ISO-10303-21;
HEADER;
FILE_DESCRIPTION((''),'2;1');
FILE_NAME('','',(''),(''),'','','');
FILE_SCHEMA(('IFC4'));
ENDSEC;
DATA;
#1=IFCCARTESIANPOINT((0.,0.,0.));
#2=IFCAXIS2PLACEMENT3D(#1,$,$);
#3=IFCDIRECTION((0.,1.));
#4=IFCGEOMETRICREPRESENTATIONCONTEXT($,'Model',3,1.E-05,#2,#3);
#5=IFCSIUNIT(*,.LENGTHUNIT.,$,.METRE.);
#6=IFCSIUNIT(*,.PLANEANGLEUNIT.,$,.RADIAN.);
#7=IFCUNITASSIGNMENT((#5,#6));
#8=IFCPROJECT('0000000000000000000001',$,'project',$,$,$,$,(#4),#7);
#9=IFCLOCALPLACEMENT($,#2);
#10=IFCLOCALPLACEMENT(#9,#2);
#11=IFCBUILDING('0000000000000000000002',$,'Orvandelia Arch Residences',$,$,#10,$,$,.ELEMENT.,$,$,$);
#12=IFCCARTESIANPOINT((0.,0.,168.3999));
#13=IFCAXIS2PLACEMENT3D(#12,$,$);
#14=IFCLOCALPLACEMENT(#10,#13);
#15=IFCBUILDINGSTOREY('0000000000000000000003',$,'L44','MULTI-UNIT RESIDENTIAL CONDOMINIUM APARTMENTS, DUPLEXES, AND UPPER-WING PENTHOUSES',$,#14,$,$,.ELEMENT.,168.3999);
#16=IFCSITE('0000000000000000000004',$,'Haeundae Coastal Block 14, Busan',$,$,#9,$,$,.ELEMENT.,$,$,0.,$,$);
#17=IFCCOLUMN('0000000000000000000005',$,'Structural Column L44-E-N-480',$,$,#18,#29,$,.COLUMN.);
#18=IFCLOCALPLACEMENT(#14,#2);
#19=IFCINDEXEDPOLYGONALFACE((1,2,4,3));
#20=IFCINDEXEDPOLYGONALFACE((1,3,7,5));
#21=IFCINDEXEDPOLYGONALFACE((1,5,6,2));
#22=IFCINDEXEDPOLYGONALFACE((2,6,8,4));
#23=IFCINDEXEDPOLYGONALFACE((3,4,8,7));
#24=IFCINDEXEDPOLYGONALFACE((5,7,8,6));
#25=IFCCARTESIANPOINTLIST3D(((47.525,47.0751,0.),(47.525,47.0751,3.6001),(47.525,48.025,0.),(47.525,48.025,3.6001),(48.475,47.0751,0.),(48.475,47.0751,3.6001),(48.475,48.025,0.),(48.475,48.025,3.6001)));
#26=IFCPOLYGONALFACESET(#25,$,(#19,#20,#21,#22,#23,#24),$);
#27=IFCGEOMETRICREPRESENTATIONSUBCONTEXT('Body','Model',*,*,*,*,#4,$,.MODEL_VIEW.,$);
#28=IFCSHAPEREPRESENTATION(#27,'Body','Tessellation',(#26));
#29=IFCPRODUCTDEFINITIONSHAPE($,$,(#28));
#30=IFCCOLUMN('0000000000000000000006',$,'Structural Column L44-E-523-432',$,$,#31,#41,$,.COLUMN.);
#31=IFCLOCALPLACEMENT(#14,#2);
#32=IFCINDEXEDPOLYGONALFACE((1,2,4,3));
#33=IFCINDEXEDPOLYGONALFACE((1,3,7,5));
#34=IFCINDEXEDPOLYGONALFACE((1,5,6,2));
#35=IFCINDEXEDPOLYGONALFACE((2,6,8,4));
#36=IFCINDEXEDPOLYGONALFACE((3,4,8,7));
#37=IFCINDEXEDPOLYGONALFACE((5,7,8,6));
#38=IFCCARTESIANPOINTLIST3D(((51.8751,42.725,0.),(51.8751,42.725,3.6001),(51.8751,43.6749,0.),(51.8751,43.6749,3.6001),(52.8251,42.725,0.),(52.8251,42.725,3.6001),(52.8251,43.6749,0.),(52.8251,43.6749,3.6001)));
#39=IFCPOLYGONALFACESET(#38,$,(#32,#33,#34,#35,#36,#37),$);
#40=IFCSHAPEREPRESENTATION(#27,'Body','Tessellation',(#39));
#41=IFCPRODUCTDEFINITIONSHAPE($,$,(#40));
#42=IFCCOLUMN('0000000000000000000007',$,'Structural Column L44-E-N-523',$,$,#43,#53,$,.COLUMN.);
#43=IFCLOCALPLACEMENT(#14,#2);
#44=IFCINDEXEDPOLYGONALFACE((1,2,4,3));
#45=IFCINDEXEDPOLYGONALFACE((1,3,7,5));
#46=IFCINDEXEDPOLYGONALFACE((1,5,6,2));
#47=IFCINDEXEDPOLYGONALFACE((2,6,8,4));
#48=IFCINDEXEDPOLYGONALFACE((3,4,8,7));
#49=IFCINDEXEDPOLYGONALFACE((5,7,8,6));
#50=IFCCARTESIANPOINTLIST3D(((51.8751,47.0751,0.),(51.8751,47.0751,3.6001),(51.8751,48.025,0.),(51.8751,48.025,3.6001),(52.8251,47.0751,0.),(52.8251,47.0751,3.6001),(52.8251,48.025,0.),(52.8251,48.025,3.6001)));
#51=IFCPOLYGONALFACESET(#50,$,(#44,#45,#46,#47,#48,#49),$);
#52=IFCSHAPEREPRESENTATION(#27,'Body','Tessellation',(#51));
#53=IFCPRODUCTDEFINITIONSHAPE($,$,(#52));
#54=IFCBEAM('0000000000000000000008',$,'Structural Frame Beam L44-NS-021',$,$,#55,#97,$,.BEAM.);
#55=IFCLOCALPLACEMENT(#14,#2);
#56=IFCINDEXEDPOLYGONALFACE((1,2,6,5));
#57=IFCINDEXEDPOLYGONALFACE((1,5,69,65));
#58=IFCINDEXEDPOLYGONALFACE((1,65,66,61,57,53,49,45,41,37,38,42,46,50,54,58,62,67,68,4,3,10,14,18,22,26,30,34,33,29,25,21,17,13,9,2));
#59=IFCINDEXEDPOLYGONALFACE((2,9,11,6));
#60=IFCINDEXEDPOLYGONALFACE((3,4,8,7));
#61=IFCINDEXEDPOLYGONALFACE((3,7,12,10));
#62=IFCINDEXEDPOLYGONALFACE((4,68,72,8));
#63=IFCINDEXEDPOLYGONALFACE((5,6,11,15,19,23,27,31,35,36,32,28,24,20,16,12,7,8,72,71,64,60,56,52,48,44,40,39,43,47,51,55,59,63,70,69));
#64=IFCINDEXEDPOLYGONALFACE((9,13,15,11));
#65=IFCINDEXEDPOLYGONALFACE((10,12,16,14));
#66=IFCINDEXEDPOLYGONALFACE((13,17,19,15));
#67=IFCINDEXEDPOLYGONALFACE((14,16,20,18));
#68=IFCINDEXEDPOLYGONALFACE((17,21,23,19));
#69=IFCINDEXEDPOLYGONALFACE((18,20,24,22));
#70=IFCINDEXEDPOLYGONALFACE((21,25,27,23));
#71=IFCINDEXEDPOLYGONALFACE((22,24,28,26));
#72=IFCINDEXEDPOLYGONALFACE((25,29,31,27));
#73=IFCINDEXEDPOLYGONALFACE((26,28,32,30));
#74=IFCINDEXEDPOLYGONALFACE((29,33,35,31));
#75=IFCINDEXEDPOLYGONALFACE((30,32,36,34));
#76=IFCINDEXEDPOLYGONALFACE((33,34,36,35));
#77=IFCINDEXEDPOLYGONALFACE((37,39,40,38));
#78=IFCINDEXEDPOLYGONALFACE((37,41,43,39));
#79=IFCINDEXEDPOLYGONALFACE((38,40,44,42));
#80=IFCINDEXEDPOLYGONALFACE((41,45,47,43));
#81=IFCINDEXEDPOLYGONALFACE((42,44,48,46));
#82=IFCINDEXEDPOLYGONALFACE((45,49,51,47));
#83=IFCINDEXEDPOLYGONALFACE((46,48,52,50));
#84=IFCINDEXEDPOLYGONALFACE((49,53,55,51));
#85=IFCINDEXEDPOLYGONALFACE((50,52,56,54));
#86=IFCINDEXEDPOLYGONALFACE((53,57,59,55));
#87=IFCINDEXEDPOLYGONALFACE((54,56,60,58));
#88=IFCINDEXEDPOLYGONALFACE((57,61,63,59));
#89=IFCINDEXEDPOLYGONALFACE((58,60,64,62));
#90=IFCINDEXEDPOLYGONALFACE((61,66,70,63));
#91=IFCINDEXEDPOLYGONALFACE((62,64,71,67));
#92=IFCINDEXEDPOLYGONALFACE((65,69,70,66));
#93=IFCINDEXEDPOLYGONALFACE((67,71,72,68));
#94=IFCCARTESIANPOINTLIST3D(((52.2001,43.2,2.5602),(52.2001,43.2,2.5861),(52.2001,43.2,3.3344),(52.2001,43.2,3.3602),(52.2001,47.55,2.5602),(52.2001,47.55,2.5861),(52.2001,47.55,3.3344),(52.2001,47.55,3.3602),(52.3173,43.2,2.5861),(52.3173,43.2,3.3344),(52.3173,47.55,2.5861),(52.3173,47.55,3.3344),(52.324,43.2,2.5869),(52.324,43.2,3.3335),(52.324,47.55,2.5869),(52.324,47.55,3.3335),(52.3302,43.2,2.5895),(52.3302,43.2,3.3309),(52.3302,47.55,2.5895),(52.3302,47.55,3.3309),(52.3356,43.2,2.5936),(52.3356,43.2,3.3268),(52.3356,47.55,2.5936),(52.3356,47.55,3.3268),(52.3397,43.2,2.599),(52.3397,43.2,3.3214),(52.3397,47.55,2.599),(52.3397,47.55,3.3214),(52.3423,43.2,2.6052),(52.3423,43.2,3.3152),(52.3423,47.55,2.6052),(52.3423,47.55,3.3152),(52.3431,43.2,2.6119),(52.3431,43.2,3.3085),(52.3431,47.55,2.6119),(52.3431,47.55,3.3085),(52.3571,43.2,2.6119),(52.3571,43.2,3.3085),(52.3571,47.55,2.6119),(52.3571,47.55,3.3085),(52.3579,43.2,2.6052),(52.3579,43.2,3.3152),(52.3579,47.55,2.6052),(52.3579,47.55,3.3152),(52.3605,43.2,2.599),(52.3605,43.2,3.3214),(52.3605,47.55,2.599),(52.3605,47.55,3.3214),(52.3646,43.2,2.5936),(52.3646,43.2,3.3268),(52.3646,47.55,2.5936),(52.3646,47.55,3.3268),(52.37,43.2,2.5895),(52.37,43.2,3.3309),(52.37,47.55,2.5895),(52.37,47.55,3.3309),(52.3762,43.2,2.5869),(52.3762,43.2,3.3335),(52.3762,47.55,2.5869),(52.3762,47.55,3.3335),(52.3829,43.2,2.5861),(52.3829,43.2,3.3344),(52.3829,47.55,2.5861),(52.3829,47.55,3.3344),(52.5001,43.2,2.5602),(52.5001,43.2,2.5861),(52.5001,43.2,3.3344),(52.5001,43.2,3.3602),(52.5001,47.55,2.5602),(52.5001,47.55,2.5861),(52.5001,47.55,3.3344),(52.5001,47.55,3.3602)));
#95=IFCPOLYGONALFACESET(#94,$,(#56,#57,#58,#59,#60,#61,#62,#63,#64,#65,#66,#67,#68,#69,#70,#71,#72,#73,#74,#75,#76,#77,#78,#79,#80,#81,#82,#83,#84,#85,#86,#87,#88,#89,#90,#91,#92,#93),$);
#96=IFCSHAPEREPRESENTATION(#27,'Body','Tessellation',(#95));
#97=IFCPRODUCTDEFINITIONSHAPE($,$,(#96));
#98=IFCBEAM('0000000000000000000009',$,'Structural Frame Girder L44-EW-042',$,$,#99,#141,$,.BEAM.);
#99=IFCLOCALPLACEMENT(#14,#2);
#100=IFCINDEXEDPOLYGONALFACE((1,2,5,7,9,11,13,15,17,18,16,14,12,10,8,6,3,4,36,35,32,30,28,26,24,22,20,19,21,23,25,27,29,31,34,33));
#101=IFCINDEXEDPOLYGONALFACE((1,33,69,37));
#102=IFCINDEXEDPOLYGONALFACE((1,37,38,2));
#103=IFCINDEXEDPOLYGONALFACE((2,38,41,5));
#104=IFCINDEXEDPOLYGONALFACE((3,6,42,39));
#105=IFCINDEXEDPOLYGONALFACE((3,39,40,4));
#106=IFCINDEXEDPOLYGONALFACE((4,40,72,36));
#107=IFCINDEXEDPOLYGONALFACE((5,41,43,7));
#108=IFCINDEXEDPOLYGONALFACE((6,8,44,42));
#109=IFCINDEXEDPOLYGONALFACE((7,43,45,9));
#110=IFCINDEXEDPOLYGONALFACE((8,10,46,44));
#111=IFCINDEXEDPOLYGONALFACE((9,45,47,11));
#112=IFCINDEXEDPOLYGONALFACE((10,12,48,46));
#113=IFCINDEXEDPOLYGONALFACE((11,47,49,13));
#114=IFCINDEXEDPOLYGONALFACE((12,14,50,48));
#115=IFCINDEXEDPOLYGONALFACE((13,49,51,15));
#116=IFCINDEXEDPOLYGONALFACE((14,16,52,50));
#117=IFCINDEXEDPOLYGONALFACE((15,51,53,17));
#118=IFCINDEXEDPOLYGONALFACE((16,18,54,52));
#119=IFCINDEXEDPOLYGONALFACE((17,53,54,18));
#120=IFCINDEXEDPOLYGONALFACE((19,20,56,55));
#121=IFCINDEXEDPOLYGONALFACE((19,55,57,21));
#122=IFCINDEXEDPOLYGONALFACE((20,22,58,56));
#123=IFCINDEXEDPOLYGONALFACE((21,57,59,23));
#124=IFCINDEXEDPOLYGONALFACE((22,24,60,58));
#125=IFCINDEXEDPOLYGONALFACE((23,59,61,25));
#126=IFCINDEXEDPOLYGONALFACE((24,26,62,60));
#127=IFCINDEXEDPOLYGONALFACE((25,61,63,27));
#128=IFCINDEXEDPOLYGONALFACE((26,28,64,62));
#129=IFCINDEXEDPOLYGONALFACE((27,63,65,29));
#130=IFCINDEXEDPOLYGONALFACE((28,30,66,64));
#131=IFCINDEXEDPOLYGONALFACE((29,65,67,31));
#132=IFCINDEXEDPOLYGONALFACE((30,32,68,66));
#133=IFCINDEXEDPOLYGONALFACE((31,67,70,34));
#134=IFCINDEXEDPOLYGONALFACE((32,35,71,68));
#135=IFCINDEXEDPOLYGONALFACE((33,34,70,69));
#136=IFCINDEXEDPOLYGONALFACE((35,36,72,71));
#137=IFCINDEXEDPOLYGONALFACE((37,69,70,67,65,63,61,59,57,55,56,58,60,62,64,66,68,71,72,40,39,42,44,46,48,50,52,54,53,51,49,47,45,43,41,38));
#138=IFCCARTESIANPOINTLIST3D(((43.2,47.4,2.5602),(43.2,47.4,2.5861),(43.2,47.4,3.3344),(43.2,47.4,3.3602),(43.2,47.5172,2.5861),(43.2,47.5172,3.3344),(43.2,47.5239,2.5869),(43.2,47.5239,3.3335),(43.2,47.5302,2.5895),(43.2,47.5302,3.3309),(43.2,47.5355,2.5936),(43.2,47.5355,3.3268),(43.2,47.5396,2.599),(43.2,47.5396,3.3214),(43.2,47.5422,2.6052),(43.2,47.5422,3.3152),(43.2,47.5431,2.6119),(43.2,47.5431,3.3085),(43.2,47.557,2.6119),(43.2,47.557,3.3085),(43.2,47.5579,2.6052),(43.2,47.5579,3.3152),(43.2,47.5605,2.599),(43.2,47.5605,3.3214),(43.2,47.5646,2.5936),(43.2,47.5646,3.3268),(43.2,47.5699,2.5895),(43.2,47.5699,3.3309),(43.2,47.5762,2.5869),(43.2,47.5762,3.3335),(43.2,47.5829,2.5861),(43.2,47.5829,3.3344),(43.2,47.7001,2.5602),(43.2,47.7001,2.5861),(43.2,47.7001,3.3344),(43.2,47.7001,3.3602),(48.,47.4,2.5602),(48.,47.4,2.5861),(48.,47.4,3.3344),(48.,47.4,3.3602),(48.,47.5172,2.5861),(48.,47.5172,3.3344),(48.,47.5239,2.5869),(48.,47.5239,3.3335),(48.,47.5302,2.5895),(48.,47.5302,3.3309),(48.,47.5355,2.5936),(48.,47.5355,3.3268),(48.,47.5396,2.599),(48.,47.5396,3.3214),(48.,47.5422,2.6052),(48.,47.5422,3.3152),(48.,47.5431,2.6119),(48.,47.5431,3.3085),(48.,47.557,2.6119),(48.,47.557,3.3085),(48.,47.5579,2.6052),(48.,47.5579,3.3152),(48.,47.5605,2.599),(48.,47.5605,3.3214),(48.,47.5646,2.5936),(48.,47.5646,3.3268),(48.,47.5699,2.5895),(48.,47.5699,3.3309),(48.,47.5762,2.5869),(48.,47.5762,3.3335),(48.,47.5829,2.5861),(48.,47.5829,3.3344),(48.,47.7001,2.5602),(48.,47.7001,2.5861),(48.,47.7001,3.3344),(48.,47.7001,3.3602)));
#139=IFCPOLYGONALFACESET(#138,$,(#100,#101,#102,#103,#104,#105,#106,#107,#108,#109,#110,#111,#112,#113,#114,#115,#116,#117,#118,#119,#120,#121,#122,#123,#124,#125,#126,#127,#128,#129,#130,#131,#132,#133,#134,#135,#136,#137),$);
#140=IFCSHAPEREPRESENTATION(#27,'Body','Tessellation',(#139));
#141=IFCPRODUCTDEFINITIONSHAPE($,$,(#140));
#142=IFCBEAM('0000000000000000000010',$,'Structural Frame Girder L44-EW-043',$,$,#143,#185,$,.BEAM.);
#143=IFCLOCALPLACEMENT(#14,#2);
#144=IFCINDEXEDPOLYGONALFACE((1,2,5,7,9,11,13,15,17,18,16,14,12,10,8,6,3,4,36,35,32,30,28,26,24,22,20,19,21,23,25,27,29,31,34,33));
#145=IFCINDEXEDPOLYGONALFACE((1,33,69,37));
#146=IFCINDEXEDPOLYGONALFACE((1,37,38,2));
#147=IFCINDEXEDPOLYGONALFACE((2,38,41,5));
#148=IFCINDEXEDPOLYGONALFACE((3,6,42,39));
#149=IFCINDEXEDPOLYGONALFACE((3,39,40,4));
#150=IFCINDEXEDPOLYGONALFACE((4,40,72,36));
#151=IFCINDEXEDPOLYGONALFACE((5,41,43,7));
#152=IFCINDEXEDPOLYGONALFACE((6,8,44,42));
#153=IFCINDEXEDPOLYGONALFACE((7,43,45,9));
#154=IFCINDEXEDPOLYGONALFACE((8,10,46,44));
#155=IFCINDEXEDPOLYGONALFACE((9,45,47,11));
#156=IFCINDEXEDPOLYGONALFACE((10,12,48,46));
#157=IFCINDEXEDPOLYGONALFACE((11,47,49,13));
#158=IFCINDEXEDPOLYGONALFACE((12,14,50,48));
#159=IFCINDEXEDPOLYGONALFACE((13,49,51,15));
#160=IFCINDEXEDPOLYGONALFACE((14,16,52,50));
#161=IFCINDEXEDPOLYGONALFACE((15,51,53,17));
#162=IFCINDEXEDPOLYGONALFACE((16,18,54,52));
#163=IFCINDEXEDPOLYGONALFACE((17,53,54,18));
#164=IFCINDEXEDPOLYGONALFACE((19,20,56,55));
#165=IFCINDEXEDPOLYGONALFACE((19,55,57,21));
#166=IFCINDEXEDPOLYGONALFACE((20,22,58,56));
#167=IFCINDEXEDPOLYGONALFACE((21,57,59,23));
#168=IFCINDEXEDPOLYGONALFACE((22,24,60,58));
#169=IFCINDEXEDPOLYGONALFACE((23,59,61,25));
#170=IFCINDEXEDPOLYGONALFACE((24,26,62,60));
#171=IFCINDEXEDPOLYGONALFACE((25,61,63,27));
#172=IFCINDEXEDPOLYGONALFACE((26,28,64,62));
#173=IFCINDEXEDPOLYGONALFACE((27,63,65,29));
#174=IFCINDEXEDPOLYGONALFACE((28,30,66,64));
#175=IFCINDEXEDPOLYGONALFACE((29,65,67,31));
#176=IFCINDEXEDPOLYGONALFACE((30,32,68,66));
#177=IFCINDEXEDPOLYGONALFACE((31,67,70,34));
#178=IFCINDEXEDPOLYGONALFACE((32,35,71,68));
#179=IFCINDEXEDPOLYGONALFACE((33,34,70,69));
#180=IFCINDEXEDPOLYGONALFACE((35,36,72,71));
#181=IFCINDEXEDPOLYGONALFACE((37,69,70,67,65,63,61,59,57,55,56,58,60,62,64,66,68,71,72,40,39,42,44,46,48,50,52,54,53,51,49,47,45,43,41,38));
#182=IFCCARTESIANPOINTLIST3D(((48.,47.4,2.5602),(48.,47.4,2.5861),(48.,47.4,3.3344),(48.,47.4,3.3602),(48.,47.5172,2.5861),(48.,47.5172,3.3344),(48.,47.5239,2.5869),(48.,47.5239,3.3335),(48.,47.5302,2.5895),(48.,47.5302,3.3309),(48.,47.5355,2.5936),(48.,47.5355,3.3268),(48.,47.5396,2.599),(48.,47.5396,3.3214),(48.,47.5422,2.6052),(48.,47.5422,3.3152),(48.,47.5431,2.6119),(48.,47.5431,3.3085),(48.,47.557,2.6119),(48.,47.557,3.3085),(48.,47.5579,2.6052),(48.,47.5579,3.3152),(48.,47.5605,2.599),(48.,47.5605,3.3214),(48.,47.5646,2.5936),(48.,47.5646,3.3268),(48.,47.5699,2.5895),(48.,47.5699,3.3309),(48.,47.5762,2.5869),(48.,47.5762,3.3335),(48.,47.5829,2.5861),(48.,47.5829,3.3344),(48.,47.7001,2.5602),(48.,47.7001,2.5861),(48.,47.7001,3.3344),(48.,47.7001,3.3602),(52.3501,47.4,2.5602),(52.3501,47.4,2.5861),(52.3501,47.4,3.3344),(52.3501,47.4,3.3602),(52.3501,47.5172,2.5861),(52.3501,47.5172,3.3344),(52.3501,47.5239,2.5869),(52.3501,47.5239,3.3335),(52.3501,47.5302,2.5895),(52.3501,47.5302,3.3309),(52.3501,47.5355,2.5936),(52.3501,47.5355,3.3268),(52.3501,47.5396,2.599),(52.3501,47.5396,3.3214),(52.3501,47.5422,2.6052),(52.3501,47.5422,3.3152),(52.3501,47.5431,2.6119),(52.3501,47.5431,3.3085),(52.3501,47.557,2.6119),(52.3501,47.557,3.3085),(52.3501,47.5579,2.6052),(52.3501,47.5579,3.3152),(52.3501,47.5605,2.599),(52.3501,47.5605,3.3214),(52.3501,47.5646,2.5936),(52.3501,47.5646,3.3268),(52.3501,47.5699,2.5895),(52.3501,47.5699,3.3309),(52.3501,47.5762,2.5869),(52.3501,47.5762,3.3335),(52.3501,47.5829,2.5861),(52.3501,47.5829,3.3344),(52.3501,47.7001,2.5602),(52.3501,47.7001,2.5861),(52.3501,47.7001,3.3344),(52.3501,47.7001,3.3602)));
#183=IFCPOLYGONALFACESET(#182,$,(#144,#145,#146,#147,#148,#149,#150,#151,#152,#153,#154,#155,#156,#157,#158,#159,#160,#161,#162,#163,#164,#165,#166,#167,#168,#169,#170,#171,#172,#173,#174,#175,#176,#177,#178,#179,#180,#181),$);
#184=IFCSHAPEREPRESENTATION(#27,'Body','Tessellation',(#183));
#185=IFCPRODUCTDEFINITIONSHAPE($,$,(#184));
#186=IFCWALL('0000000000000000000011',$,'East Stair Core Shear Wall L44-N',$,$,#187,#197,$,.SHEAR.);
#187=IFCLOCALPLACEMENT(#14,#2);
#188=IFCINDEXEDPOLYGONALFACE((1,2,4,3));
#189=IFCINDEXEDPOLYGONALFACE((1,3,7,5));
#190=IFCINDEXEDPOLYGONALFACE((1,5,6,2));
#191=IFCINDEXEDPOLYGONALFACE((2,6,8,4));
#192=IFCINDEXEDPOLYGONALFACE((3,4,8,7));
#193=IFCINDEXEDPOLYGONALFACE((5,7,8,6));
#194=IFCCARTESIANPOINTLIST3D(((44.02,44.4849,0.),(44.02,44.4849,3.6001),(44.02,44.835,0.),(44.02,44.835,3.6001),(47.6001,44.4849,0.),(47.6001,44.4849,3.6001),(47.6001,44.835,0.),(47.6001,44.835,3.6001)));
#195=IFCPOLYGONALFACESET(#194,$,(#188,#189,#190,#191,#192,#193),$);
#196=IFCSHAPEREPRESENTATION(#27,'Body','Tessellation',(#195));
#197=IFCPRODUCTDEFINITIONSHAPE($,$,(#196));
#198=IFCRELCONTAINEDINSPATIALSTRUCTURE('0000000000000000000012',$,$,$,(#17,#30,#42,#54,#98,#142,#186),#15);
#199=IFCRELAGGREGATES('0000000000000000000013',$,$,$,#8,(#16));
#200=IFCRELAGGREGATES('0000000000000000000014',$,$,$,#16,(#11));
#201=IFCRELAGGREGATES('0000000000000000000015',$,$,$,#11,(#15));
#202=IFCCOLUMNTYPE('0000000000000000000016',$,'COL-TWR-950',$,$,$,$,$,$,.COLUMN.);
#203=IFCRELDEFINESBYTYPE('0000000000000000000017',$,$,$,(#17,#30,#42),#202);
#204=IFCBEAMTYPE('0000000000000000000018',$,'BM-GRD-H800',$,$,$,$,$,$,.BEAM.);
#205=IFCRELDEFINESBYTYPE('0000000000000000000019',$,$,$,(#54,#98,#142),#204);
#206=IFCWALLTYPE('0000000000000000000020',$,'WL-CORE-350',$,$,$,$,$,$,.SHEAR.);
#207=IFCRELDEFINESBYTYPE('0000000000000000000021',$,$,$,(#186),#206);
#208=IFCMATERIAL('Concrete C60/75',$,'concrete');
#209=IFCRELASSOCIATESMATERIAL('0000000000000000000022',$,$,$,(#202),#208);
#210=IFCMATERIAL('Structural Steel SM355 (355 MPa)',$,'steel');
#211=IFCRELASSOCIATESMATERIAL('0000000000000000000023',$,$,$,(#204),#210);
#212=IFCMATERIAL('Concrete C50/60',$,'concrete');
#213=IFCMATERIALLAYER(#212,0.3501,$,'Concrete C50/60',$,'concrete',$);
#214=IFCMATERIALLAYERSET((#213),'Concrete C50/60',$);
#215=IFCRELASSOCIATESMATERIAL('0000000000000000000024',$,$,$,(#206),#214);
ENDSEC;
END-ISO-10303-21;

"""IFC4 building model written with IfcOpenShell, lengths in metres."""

from ifc_helpers import new_model, si_unit, direction, frame, frame_2d, origin, origin_2d, place, context, subcontext, project, spatial, rectangle, i_section, extrude, material, layer, layer_set, material_profile, profile_set, type_object, element, save


model = new_model("IFC4")

# Units and contexts
model_context = context("Model", 3, precision=1e-05, world=origin(), true_north=direction((0.0, 1.0)))
body_context = subcontext(model_context, "Body", "Model", "MODEL_VIEW")
ifc_project = project(units=[si_unit("LENGTHUNIT", "METRE"), si_unit("PLANEANGLEUNIT", "RADIAN")], contexts=[model_context])

# Site, building, storey
site_placement = place(None, origin())
site = spatial("IfcSite", under=ifc_project, at=site_placement, Name="Haeundae Coastal Block 14, Busan", CompositionType="ELEMENT", RefElevation=0.0)
building_placement = place(site_placement, origin())
building = spatial("IfcBuilding", under=site, at=building_placement, Name="Orvandelia Arch Residences", CompositionType="ELEMENT")
storey_placement = place(building_placement, frame((0.0, 0.0, 168.3999)))
storey = spatial("IfcBuildingStorey", under=building, at=storey_placement, Name="L44", Description="MULTI-UNIT RESIDENTIAL CONDOMINIUM APARTMENTS, DUPLEXES, AND UPPER-WING PENTHOUSES", CompositionType="ELEMENT", Elevation=168.3999)

# Columns
ifc_material_1 = material(Name="Concrete C60/75", Category="concrete")
ifc_material_profile_1 = material_profile(ifc_material_1, rectangle(XDim=0.95, YDim=0.95, at=origin_2d()), Name="Concrete C60/75", Category="concrete")
ifc_profile_set_1 = profile_set([ifc_material_profile_1], Name="Concrete C60/75")
column_type = type_object("IfcColumnType", Name="COL-TWR-950", PredefinedType="COLUMN", material=ifc_profile_set_1)
for number, where, z_axis, x_axis, name in (
    (1, (48.0, 47.55, 0.0), (0.0, 0.0, 1.0), (1.0, 0.0, 0.0), "Structural Column L44-E-N-480"),
    (2, (52.3501, 43.2, 0.0), (0.0, 0.0, 1.0), (1.0, 0.0, 0.0), "Structural Column L44-E-523-432"),
    (3, (52.3501, 47.55, 0.0), (0.0, 0.0, 1.0), (1.0, 0.0, 0.0), "Structural Column L44-E-N-523"),
):
    element("IfcColumn", number, at=place(storey_placement, frame(where, z_axis=z_axis, x_axis=x_axis)), inside=storey, type_object=column_type, Name=name, PredefinedType="COLUMN", context=body_context, shape_type="SweptSolid", body=[
        extrude(rectangle(XDim=0.95, YDim=0.95, at=origin_2d()), origin(), (0.0, 0.0, 1.0), 3.6001),
    ])

# Beams
ifc_material_2 = material(Name="Structural Steel SM355 (355 MPa)", Category="steel")
ifc_material_profile_2 = material_profile(ifc_material_2, i_section(OverallWidth=0.3, OverallDepth=0.8, WebThickness=0.0139, FlangeThickness=0.0259, FilletRadius=0.0259, at=origin_2d()), Name="Structural Steel SM355 (355 MPa)", Category="steel")
ifc_profile_set_2 = profile_set([ifc_material_profile_2], Name="Structural Steel SM355 (355 MPa)")
beam_type = type_object("IfcBeamType", Name="BM-GRD-H800", PredefinedType="BEAM", material=ifc_profile_set_2)
beam_1_placement = place(storey_placement, frame((52.3501, 43.2, 2.9602), z_axis=(0.0, 1.0, 0.0), x_axis=(-1.0, 0.0, 0.0)))
element("IfcBeam", 4, at=beam_1_placement, inside=storey, type_object=beam_type, Name="Structural Frame Beam L44-NS-021", PredefinedType="BEAM", context=body_context, shape_type="SweptSolid", body=[
    extrude(i_section(OverallWidth=0.3, OverallDepth=0.8, WebThickness=0.0139, FlangeThickness=0.0259, FilletRadius=0.0259, at=origin_2d()), origin(), (0.0, 0.0, 1.0), 4.3501),
])
beam_2_placement = place(storey_placement, frame((43.2, 47.55, 2.9602), z_axis=(1.0, 0.0, 0.0), x_axis=(0.0, 1.0, 0.0)))
element("IfcBeam", 5, at=beam_2_placement, inside=storey, type_object=beam_type, Name="Structural Frame Girder L44-EW-042", PredefinedType="BEAM", context=body_context, shape_type="SweptSolid", body=[
    extrude(i_section(OverallWidth=0.3, OverallDepth=0.8, WebThickness=0.0139, FlangeThickness=0.0259, FilletRadius=0.0259, at=origin_2d()), origin(), (0.0, 0.0, 1.0), 4.8),
])
beam_3_placement = place(storey_placement, frame((48.0, 47.55, 2.9602), z_axis=(1.0, 0.0, 0.0), x_axis=(0.0, 1.0, 0.0)))
element("IfcBeam", 6, at=beam_3_placement, inside=storey, type_object=beam_type, Name="Structural Frame Girder L44-EW-043", PredefinedType="BEAM", context=body_context, shape_type="SweptSolid", body=[
    extrude(i_section(OverallWidth=0.3, OverallDepth=0.8, WebThickness=0.0139, FlangeThickness=0.0259, FilletRadius=0.0259, at=origin_2d()), origin(), (0.0, 0.0, 1.0), 4.3501),
])

# Wall
ifc_material_3 = material(Name="Concrete C50/60", Category="concrete")
ifc_layer_1 = layer(ifc_material_3, 0.3501, Name="Concrete C50/60", Category="concrete")
ifc_layer_set_1 = layer_set([ifc_layer_1], Name="Concrete C50/60")
wall_type_1 = type_object("IfcWallType", Name="WL-CORE-350", PredefinedType="SHEAR", material=ifc_layer_set_1)
wall_1_placement = place(storey_placement, frame((44.02, 44.6599, 0.0), z_axis=(0.0, 0.0, 1.0), x_axis=(1.0, 0.0, 0.0)))
element("IfcWall", 7, at=wall_1_placement, inside=storey, type_object=wall_type_1, Name="East Stair Core Shear Wall L44-N", PredefinedType="SHEAR", context=body_context, shape_type="SweptSolid", body=[
    extrude(rectangle(XDim=3.5801, YDim=0.3501, at=frame_2d((1.79, 0.0))), origin(), (0.0, 0.0, 1.0), 3.6001),
])

save(model, "model.ifc")
